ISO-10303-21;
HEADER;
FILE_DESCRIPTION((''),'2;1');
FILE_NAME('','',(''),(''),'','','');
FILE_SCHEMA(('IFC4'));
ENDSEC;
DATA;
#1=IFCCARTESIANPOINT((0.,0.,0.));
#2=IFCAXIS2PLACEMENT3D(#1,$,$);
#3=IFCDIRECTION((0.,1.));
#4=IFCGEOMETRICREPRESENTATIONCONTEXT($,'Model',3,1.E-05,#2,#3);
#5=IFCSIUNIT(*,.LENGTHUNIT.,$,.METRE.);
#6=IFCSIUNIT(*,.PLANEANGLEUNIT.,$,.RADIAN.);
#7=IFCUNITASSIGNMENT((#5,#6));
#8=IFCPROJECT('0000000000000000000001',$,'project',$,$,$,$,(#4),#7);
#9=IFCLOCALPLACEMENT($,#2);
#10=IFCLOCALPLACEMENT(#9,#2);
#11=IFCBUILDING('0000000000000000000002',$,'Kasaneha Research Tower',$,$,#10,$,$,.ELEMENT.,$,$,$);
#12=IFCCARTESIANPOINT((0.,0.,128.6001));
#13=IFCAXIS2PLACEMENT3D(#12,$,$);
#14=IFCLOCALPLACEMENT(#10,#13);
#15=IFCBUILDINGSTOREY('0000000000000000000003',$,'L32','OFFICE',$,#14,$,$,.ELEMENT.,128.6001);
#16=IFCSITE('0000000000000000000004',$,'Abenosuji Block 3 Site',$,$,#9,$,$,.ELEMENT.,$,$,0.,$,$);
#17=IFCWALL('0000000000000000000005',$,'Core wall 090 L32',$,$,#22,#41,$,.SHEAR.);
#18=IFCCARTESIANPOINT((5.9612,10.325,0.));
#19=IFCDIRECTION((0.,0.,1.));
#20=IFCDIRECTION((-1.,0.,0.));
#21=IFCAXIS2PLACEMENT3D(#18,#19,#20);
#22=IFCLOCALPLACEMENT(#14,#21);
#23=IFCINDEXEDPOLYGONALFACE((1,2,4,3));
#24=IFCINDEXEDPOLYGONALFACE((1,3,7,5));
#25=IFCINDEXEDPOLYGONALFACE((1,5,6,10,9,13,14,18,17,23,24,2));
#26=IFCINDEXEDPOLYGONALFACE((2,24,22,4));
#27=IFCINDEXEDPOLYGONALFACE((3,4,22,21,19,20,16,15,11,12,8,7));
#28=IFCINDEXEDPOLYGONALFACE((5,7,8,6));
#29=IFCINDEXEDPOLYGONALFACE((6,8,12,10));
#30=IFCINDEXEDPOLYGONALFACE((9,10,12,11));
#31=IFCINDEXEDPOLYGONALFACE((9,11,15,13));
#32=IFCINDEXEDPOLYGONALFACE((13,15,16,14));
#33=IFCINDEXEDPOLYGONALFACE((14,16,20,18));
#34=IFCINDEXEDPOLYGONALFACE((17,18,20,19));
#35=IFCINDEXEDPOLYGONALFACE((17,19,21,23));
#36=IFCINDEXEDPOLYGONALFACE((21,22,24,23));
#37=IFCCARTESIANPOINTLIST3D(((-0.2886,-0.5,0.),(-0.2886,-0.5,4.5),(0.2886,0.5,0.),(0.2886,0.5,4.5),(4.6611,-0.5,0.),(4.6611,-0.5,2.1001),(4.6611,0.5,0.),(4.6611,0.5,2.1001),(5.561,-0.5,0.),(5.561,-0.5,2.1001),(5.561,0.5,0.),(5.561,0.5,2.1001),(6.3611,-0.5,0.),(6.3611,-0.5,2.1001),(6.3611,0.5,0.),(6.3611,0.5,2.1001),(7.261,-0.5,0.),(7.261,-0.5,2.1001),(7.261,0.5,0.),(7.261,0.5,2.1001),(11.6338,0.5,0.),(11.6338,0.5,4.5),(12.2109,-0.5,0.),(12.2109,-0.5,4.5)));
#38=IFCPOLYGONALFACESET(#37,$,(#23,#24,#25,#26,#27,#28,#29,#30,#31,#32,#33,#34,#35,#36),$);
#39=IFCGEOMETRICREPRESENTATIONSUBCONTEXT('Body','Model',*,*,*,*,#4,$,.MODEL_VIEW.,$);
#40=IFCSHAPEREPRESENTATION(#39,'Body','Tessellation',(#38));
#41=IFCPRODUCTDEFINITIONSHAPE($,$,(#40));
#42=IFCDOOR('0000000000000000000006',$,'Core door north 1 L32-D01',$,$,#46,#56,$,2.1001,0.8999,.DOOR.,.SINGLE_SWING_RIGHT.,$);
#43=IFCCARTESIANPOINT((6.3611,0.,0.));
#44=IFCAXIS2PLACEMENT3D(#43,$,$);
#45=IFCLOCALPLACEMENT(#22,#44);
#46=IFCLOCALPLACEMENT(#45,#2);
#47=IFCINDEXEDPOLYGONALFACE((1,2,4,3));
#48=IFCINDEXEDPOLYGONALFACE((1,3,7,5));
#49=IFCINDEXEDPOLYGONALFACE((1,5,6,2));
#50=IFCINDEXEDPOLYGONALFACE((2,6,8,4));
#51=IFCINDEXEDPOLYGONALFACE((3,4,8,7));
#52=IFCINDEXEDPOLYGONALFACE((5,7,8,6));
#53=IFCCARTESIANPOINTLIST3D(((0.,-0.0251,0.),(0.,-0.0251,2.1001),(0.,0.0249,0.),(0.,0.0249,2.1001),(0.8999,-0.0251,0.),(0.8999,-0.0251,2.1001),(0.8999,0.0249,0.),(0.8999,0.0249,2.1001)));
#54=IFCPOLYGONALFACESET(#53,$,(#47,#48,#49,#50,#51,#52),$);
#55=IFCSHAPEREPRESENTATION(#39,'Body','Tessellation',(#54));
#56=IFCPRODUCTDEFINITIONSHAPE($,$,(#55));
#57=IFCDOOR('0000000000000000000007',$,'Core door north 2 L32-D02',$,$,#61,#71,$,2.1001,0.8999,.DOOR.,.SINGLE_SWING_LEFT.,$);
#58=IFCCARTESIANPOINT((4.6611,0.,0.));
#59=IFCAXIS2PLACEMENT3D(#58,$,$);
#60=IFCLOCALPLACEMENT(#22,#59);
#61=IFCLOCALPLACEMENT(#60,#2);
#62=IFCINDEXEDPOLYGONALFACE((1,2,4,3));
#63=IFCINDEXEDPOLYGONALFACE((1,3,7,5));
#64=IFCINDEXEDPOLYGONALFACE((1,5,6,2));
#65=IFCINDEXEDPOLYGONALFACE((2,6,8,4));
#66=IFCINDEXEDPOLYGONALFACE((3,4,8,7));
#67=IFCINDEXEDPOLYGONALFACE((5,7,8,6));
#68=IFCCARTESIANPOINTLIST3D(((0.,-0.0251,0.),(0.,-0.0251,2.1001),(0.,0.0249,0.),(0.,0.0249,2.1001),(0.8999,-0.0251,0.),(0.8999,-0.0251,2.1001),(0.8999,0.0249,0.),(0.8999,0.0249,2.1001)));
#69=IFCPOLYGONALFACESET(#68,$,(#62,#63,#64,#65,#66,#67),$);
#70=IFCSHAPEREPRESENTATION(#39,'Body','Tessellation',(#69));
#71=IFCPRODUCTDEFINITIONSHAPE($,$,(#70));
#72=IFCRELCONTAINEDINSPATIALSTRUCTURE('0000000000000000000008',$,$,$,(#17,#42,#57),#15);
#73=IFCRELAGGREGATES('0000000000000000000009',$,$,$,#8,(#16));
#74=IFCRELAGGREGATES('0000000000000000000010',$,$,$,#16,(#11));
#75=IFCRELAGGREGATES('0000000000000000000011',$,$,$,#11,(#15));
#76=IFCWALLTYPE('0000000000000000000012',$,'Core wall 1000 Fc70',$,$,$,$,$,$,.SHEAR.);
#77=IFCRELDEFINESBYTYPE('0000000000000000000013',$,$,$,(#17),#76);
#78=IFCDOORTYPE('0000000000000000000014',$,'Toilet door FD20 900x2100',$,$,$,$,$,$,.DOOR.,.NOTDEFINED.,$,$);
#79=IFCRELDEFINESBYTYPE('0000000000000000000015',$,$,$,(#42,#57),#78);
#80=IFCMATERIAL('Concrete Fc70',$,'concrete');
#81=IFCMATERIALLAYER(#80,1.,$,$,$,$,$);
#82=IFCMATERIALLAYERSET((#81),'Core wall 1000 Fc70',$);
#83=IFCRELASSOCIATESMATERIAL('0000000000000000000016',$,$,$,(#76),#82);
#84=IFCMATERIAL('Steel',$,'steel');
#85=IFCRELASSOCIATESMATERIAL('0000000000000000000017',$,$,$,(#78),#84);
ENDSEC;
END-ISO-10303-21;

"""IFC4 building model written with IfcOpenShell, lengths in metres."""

from ifc_helpers import new_model, si_unit, direction, frame, frame_2d, origin, place, context, subcontext, project, spatial, polyline, rectangle, outline, extrude, material, layer, layer_set, type_object, element, fill, save


model = new_model("IFC4")

# Units and contexts
model_context = context("Model", 3, precision=1e-05, world=origin(), true_north=direction((0.0, 1.0)))
body_context = subcontext(model_context, "Body", "Model", "MODEL_VIEW")
ifc_project = project(units=[si_unit("LENGTHUNIT", "METRE"), si_unit("PLANEANGLEUNIT", "RADIAN")], contexts=[model_context])

# Site, building, storey
site_placement = place(None, origin())
site = spatial("IfcSite", under=ifc_project, at=site_placement, Name="Abenosuji Block 3 Site", CompositionType="ELEMENT", RefElevation=0.0)
building_placement = place(site_placement, origin())
building = spatial("IfcBuilding", under=site, at=building_placement, Name="Kasaneha Research Tower", CompositionType="ELEMENT")
storey_placement = place(building_placement, frame((0.0, 0.0, 128.6001)))
storey = spatial("IfcBuildingStorey", under=building, at=storey_placement, Name="L32", Description="OFFICE", CompositionType="ELEMENT", Elevation=128.6001)

# Shared definitions
ifc_material_1 = material(Name="Concrete Fc70", Category="concrete")
ifc_layer = layer(ifc_material_1, 1.0)
ifc_layer_set = layer_set([ifc_layer], Name="Core wall 1000 Fc70")
wall_type = type_object("IfcWallType", Name="Core wall 1000 Fc70", PredefinedType="SHEAR", material=ifc_layer_set)

# Wall, openings, doors
wall_1_placement = place(storey_placement, frame((5.9612, 10.325, 0.0), z_axis=(0.0, 0.0, 1.0), x_axis=(-1.0, 0.0, 0.0)))
wall_1 = element("IfcWall", 1, at=wall_1_placement, inside=storey, type_object=wall_type, Name="Core wall 090 L32", PredefinedType="SHEAR", context=body_context, shape_type="SweptSolid", body=[
    extrude(outline(polyline([(-0.2886, -0.5), (4.6611, -0.5), (5.561, -0.5), (6.3611, -0.5), (7.261, -0.5), (12.2109, -0.5), (11.6338, 0.5), (7.261, 0.5), (6.3611, 0.5), (5.561, 0.5), (4.6611, 0.5), (0.2886, 0.5), (-0.2886, -0.5)])), origin(), (0.0, 0.0, 1.0), 4.5),
])
opening_1_placement = place(wall_1_placement, frame((6.3611, 0.0, 0.0)))
opening_1 = element("IfcOpeningElement", 2, at=opening_1_placement, cuts=wall_1, PredefinedType="OPENING", context=body_context, shape_type="SweptSolid", body=[
    extrude(rectangle(XDim=0.8999, YDim=2.1001, at=frame_2d((0.45, 1.05))), frame((0.0, 0.51, 0.0), z_axis=(0.0, -1.0, 0.0), x_axis=(1.0, 0.0, 0.0)), (0.0, 0.0, 1.0), 1.02),
])
opening_2_placement = place(wall_1_placement, frame((4.6611, 0.0, 0.0)))
opening_2 = element("IfcOpeningElement", 3, at=opening_2_placement, cuts=wall_1, PredefinedType="OPENING", context=body_context, shape_type="SweptSolid", body=[
    extrude(rectangle(XDim=0.8999, YDim=2.1001, at=frame_2d((0.45, 1.05))), frame((0.0, 0.51, 0.0), z_axis=(0.0, -1.0, 0.0), x_axis=(1.0, 0.0, 0.0)), (0.0, 0.0, 1.0), 1.02),
])
ifc_material_2 = material(Name="Steel", Category="steel")
door_type_1 = type_object("IfcDoorType", Name="Toilet door FD20 900x2100", OperationType="NOTDEFINED", PredefinedType="DOOR", material=ifc_material_2)
door_1_placement = place(opening_1_placement, origin())
door_1 = element("IfcDoor", 4, at=door_1_placement, inside=storey, type_object=door_type_1, Name="Core door north 1 L32-D01", OperationType="SINGLE_SWING_RIGHT", OverallHeight=2.1001, OverallWidth=0.8999, PredefinedType="DOOR", context=body_context, shape_type="SweptSolid", body=[
    extrude(rectangle(XDim=0.8999, YDim=2.1001, at=frame_2d((0.45, 1.05))), frame((0.0, 0.0249, 0.0), z_axis=(0.0, -1.0, 0.0), x_axis=(1.0, 0.0, 0.0)), (0.0, 0.0, 1.0), 0.05),
])
fill(opening_1, door_1)
door_2_placement = place(opening_2_placement, origin())
door_2 = element("IfcDoor", 5, at=door_2_placement, inside=storey, type_object=door_type_1, Name="Core door north 2 L32-D02", OperationType="SINGLE_SWING_LEFT", OverallHeight=2.1001, OverallWidth=0.8999, PredefinedType="DOOR", context=body_context, shape_type="SweptSolid", body=[
    extrude(rectangle(XDim=0.8999, YDim=2.1001, at=frame_2d((0.45, 1.05))), frame((0.0, 0.0249, 0.0), z_axis=(0.0, -1.0, 0.0), x_axis=(1.0, 0.0, 0.0)), (0.0, 0.0, 1.0), 0.05),
])
fill(opening_2, door_2)

save(model, "model.ifc")
